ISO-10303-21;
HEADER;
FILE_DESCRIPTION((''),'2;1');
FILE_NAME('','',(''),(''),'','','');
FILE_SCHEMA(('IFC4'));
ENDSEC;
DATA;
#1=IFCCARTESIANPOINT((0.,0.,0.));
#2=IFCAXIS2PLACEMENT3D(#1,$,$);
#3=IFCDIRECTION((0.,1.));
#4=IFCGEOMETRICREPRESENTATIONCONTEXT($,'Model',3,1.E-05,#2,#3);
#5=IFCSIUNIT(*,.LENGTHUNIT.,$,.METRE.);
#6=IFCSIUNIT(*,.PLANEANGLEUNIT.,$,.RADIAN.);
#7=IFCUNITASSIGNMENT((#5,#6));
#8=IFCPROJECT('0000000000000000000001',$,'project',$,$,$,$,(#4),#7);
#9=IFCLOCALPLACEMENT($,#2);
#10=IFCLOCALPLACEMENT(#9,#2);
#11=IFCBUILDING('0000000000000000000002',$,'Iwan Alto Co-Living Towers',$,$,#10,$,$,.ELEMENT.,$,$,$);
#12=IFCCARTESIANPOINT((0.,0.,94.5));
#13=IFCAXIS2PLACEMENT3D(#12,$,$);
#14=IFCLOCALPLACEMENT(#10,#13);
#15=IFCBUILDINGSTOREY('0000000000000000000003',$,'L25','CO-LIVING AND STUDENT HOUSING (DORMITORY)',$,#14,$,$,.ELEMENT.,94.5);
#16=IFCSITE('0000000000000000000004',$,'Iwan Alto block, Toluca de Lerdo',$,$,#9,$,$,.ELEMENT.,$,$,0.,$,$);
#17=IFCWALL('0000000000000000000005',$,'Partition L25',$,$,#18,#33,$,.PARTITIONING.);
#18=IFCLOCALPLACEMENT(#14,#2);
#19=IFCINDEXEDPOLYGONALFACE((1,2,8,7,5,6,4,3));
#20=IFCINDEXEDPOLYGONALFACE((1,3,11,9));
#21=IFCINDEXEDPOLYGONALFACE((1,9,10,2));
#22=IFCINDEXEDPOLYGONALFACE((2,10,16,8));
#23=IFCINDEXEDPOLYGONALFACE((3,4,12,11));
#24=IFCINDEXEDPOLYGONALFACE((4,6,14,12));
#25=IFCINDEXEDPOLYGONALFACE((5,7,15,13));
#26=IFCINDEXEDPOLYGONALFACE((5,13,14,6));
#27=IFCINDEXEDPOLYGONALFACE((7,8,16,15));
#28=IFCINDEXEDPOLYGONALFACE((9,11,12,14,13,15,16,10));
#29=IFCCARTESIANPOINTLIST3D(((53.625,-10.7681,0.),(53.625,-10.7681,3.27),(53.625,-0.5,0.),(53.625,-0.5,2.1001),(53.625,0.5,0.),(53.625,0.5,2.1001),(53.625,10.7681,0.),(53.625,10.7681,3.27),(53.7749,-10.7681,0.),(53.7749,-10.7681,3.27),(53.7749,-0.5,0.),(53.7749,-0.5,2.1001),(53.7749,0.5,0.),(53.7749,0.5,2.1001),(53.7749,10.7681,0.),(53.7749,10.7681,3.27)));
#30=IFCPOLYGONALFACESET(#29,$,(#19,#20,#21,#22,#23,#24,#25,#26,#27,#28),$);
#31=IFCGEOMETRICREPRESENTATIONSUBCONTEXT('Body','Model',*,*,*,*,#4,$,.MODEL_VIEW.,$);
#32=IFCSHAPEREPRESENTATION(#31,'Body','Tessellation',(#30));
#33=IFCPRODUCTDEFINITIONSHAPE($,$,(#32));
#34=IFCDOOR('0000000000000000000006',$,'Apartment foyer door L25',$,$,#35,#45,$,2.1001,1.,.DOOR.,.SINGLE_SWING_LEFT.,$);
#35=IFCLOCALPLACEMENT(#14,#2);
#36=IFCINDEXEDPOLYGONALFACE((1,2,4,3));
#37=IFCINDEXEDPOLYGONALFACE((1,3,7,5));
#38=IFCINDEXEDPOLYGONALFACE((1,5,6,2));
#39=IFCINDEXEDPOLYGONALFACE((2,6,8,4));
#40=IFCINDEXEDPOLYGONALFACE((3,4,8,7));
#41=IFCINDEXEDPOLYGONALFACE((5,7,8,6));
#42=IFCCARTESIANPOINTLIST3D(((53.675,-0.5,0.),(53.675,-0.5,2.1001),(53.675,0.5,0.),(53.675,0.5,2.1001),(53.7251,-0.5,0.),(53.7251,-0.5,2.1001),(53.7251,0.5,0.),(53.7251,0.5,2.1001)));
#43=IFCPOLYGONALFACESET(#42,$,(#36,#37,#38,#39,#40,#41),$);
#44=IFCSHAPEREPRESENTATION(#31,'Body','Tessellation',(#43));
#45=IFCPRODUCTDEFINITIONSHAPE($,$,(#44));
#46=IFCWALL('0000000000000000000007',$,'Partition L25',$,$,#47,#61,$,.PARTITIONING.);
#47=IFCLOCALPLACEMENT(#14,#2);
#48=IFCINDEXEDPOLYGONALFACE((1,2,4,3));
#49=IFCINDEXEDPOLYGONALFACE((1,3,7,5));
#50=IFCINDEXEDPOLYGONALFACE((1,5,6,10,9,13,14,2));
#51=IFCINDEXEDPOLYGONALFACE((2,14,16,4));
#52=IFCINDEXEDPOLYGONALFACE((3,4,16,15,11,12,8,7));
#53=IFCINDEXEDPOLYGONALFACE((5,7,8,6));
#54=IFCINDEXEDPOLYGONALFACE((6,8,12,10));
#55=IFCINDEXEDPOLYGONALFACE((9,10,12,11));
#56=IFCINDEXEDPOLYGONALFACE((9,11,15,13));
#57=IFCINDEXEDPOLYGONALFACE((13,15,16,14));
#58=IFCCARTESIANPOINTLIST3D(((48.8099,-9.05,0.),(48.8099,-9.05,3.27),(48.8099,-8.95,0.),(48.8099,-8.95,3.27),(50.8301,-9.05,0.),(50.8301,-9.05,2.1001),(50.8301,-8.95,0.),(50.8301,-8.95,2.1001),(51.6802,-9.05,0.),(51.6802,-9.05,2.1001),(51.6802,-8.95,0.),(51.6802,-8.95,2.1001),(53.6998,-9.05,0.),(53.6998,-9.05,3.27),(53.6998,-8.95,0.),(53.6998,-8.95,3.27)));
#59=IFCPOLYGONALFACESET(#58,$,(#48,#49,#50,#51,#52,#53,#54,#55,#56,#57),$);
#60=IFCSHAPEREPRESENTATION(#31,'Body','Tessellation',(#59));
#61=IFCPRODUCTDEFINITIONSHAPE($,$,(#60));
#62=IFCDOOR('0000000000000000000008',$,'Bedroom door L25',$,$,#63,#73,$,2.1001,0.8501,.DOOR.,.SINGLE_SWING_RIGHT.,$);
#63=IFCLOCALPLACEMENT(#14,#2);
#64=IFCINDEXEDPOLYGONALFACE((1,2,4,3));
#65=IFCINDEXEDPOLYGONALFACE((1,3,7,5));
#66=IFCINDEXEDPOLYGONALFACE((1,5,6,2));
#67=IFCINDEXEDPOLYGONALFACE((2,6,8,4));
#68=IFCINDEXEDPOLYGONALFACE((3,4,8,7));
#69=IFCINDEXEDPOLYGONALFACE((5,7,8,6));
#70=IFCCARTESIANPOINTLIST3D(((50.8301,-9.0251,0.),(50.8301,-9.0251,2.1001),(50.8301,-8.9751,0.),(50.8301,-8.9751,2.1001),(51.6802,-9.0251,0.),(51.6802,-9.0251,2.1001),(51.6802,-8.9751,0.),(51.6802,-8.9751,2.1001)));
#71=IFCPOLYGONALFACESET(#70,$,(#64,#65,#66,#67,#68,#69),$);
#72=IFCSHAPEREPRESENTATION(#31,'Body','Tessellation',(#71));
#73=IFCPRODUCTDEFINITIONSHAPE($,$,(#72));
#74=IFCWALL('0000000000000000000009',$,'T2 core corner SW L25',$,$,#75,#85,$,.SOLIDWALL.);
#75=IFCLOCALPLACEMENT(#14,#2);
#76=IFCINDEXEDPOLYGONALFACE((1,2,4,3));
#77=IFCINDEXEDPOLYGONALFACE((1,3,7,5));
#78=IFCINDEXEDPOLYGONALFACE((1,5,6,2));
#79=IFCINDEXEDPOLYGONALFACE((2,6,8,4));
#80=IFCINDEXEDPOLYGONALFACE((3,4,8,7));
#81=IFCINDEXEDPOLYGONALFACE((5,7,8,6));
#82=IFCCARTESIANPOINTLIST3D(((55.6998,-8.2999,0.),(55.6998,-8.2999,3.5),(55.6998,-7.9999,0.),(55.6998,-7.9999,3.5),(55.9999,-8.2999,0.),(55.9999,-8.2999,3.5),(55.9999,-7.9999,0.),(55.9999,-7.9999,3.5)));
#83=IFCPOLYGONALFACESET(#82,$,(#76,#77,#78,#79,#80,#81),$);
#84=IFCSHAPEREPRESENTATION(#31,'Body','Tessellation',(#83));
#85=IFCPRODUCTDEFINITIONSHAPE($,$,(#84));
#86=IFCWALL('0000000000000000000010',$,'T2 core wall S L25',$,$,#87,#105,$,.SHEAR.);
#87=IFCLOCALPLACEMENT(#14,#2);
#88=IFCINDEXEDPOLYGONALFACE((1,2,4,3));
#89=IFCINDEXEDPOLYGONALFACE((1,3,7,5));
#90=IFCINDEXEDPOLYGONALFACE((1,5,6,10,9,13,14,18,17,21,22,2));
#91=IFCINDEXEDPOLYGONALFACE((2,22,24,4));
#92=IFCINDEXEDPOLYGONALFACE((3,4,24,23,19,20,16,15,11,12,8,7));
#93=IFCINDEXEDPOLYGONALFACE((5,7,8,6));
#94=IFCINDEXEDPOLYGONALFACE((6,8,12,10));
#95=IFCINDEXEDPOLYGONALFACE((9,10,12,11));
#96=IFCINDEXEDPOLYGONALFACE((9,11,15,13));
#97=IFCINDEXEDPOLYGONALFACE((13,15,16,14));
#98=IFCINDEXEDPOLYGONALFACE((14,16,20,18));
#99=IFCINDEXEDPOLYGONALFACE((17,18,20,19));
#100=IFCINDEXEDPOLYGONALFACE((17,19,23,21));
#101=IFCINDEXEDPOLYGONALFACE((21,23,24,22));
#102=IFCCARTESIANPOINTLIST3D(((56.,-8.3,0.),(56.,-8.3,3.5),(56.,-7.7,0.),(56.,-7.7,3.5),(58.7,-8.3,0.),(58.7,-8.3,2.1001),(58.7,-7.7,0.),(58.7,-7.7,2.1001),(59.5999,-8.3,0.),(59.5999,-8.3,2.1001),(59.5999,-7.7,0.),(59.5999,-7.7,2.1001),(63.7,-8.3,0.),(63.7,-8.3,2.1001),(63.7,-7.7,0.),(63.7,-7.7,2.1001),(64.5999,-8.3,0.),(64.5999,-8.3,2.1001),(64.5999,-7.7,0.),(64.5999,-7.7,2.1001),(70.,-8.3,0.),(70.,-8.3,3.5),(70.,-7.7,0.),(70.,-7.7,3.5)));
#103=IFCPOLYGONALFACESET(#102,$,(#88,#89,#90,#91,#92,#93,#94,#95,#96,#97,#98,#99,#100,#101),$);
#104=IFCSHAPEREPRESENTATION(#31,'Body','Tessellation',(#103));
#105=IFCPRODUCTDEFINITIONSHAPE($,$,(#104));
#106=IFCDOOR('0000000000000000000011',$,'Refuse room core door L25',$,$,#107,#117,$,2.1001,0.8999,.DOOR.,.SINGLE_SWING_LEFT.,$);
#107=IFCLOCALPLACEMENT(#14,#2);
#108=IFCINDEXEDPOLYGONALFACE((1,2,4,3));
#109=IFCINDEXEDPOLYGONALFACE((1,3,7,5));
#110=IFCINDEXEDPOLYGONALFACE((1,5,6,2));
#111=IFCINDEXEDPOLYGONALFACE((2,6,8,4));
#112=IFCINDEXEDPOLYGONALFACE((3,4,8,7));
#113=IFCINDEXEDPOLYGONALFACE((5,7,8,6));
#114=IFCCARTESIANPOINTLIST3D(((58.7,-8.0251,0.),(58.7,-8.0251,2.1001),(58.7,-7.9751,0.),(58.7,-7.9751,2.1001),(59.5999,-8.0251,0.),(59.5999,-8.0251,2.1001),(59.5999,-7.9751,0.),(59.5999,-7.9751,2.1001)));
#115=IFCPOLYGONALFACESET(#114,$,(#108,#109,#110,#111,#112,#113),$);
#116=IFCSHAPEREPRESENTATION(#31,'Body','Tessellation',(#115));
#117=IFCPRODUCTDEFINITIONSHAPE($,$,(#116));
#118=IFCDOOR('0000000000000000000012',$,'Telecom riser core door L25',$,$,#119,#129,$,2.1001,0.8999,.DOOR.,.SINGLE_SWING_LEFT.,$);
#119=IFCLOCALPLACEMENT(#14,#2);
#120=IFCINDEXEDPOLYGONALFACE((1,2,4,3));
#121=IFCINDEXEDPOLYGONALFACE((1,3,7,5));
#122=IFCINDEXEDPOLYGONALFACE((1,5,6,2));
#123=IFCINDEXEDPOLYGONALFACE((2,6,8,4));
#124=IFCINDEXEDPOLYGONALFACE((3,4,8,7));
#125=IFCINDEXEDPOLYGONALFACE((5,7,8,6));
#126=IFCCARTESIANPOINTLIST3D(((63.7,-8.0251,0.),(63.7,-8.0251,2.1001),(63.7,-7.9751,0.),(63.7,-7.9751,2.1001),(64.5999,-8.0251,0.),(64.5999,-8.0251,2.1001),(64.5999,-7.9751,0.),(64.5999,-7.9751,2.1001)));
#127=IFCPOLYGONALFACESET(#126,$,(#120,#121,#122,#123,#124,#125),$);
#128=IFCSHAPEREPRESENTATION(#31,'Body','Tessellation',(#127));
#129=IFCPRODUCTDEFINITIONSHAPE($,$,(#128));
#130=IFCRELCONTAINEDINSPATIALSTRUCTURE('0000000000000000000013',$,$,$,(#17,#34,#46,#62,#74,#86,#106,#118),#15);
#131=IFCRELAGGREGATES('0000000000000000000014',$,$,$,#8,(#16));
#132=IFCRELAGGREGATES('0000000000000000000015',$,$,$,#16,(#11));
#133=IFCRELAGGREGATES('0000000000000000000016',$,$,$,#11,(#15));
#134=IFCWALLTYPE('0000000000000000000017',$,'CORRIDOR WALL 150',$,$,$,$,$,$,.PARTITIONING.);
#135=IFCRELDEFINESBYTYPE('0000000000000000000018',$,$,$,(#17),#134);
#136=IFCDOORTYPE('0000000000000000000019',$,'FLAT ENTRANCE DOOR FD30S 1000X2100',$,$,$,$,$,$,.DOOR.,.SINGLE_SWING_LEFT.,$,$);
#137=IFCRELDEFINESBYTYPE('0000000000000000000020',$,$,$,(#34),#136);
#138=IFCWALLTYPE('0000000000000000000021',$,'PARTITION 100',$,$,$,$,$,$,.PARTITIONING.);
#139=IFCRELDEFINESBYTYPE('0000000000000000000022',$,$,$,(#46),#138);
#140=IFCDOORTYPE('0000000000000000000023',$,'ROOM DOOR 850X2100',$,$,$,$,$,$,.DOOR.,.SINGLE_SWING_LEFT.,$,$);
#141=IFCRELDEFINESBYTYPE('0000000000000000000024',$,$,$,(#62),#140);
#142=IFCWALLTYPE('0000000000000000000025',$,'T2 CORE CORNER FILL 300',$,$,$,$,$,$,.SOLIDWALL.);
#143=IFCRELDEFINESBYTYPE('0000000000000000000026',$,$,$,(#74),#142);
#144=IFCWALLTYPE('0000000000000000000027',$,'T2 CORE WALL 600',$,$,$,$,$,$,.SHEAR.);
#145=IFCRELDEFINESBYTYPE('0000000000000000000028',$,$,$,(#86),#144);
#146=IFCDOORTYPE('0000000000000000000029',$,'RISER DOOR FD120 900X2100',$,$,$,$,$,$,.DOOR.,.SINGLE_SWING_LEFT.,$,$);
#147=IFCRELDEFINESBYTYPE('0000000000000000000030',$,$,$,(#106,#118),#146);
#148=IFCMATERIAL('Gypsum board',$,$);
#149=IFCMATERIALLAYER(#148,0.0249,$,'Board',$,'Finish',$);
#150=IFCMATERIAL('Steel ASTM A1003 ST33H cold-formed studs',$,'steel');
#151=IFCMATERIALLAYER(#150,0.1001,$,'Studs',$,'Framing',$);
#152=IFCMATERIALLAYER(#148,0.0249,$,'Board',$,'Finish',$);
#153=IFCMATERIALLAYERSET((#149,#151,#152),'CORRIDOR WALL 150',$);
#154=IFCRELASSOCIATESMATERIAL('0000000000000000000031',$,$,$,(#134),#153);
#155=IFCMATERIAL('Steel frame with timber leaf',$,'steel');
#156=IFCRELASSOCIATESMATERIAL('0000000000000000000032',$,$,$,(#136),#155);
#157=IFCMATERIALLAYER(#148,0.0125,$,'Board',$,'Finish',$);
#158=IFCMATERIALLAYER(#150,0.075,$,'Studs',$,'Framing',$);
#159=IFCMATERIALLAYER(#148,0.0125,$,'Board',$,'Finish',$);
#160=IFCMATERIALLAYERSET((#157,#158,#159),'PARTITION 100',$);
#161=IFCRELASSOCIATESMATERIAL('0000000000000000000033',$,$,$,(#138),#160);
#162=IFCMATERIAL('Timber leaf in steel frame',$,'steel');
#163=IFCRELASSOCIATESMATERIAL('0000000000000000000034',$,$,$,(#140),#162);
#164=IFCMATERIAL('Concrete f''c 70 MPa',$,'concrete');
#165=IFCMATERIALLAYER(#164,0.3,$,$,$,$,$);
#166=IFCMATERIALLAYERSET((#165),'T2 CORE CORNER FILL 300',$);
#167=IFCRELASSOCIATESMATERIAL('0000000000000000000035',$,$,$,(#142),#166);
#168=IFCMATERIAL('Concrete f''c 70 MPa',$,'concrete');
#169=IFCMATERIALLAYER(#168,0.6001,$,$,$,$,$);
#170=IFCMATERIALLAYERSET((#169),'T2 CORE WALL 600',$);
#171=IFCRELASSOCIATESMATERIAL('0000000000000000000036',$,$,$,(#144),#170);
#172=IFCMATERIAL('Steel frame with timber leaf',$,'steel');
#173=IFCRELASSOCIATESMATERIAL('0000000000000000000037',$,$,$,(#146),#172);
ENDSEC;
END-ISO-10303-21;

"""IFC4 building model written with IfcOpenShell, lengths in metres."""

from ifc_helpers import new_model, si_unit, direction, frame, frame_2d, origin, place, context, subcontext, project, spatial, rectangle, extrude, material, layer, layer_set, type_object, element, fill, save


model = new_model("IFC4")

# Units and contexts
model_context = context("Model", 3, precision=1e-05, world=origin(), true_north=direction((0.0, 1.0)))
body_context = subcontext(model_context, "Body", "Model", "MODEL_VIEW")
ifc_project = project(units=[si_unit("LENGTHUNIT", "METRE"), si_unit("PLANEANGLEUNIT", "RADIAN")], contexts=[model_context])

# Site, building, storey
site_placement = place(None, origin())
site = spatial("IfcSite", under=ifc_project, at=site_placement, Name="Iwan Alto block, Toluca de Lerdo", CompositionType="ELEMENT", RefElevation=0.0)
building_placement = place(site_placement, origin())
building = spatial("IfcBuilding", under=site, at=building_placement, Name="Iwan Alto Co-Living Towers", CompositionType="ELEMENT")
storey_placement = place(building_placement, frame((0.0, 0.0, 94.5)))
storey = spatial("IfcBuildingStorey", under=building, at=storey_placement, Name="L25", Description="CO-LIVING AND STUDENT HOUSING (DORMITORY)", CompositionType="ELEMENT", Elevation=94.5)

# Walls, openings, doors
ifc_material_1 = material(Name="Gypsum board")
ifc_layer_1 = layer(ifc_material_1, 0.0249, Name="Board", Category="Finish")
ifc_material_2 = material(Name="Steel ASTM A1003 ST33H cold-formed studs", Category="steel")
ifc_layer_2 = layer(ifc_material_2, 0.1001, Name="Studs", Category="Framing")
ifc_layer_3 = layer(ifc_material_1, 0.0249, Name="Board", Category="Finish")
ifc_layer_set_1 = layer_set([ifc_layer_1, ifc_layer_2, ifc_layer_3], Name="CORRIDOR WALL 150")
wall_type_1 = type_object("IfcWallType", Name="CORRIDOR WALL 150", PredefinedType="PARTITIONING", material=ifc_layer_set_1)
ifc_material_3 = material(Name="Steel frame with timber leaf", Category="steel")
door_type_1 = type_object("IfcDoorType", Name="FLAT ENTRANCE DOOR FD30S 1000X2100", OperationType="SINGLE_SWING_LEFT", PredefinedType="DOOR", material=ifc_material_3)
wall_1_placement = place(storey_placement, frame((53.7, -10.7681, 0.0), z_axis=(0.0, 0.0, 1.0), x_axis=(0.0, 1.0, 0.0)))
wall_1 = element("IfcWall", 1, at=wall_1_placement, inside=storey, type_object=wall_type_1, Name="Partition L25", PredefinedType="PARTITIONING", context=body_context, shape_type="SweptSolid", body=[
    extrude(rectangle(XDim=21.5361, YDim=0.1499, at=frame_2d((10.7681, 0.0))), origin(), (0.0, 0.0, 1.0), 3.27),
])
opening_1_placement = place(wall_1_placement, frame((10.2681, 0.0, 0.0)))
opening_1 = element("IfcOpeningElement", 2, at=opening_1_placement, cuts=wall_1, PredefinedType="OPENING", context=body_context, shape_type="SweptSolid", body=[
    extrude(rectangle(XDim=1.0, YDim=2.1001, at=frame_2d((0.5, 1.05))), frame((0.0, 0.085, 0.0), z_axis=(0.0, -1.0, 0.0), x_axis=(1.0, 0.0, 0.0)), (0.0, 0.0, 1.0), 0.1699),
])
door_1_placement = place(opening_1_placement, origin())
door_1 = element("IfcDoor", 3, at=door_1_placement, inside=storey, type_object=door_type_1, Name="Apartment foyer door L25", OperationType="SINGLE_SWING_LEFT", OverallHeight=2.1001, OverallWidth=1.0, PredefinedType="DOOR", context=body_context, shape_type="SweptSolid", body=[
    extrude(rectangle(XDim=1.0, YDim=2.1001, at=frame_2d((0.5, 1.05))), frame((0.0, 0.0249, 0.0), z_axis=(0.0, -1.0, 0.0), x_axis=(1.0, 0.0, 0.0)), (0.0, 0.0, 1.0), 0.05),
])
fill(opening_1, door_1)
ifc_layer_4 = layer(ifc_material_1, 0.0125, Name="Board", Category="Finish")
ifc_layer_5 = layer(ifc_material_2, 0.075, Name="Studs", Category="Framing")
ifc_layer_6 = layer(ifc_material_1, 0.0125, Name="Board", Category="Finish")
ifc_layer_set_2 = layer_set([ifc_layer_4, ifc_layer_5, ifc_layer_6], Name="PARTITION 100")
wall_type_2 = type_object("IfcWallType", Name="PARTITION 100", PredefinedType="PARTITIONING", material=ifc_layer_set_2)
wall_2_placement = place(storey_placement, frame((48.8101, -9.0, 0.0), z_axis=(0.0, 0.0, 1.0), x_axis=(1.0, 0.0, 0.0)))
wall_2 = element("IfcWall", 4, at=wall_2_placement, inside=storey, type_object=wall_type_2, Name="Partition L25", PredefinedType="PARTITIONING", context=body_context, shape_type="SweptSolid", body=[
    extrude(rectangle(XDim=4.8899, YDim=0.1001, at=frame_2d((2.4448, 0.0))), origin(), (0.0, 0.0, 1.0), 3.27),
])
opening_2_placement = place(wall_2_placement, frame((2.02, 0.0, 0.0)))
opening_2 = element("IfcOpeningElement", 5, at=opening_2_placement, cuts=wall_2, PredefinedType="OPENING", context=body_context, shape_type="SweptSolid", body=[
    extrude(rectangle(XDim=0.8501, YDim=2.1001, at=frame_2d((0.425, 1.05))), frame((0.0, 0.0601, 0.0), z_axis=(0.0, -1.0, 0.0), x_axis=(1.0, 0.0, 0.0)), (0.0, 0.0, 1.0), 0.1201),
])
ifc_material_4 = material(Name="Timber leaf in steel frame", Category="steel")
door_type_2 = type_object("IfcDoorType", Name="ROOM DOOR 850X2100", OperationType="SINGLE_SWING_LEFT", PredefinedType="DOOR", material=ifc_material_4)
door_2_placement = place(opening_2_placement, origin())
door_2 = element("IfcDoor", 6, at=door_2_placement, inside=storey, type_object=door_type_2, Name="Bedroom door L25", OperationType="SINGLE_SWING_RIGHT", OverallHeight=2.1001, OverallWidth=0.8501, PredefinedType="DOOR", context=body_context, shape_type="SweptSolid", body=[
    extrude(rectangle(XDim=0.8501, YDim=2.1001, at=frame_2d((0.425, 1.05))), frame((0.0, 0.0249, 0.0), z_axis=(0.0, -1.0, 0.0), x_axis=(1.0, 0.0, 0.0)), (0.0, 0.0, 1.0), 0.05),
])
fill(opening_2, door_2)

# Wall
ifc_material_5 = material(Name="Concrete f'c 70 MPa", Category="concrete")
ifc_layer_7 = layer(ifc_material_5, 0.3)
ifc_layer_set_3 = layer_set([ifc_layer_7], Name="T2 CORE CORNER FILL 300")
wall_type_3 = type_object("IfcWallType", Name="T2 CORE CORNER FILL 300", PredefinedType="SOLIDWALL", material=ifc_layer_set_3)
wall_3_placement = place(storey_placement, frame((55.7, -8.1499, 0.0), z_axis=(0.0, 0.0, 1.0), x_axis=(1.0, 0.0, 0.0)))
element("IfcWall", 7, at=wall_3_placement, inside=storey, type_object=wall_type_3, Name="T2 core corner SW L25", PredefinedType="SOLIDWALL", context=body_context, shape_type="SweptSolid", body=[
    extrude(rectangle(XDim=0.3, YDim=0.3, at=frame_2d((0.1499, 0.0))), origin(), (0.0, 0.0, 1.0), 3.5),
])

# Wall, openings, doors
ifc_material_6 = material(Name="Concrete f'c 70 MPa", Category="concrete")
ifc_layer_8 = layer(ifc_material_6, 0.6001)
ifc_layer_set_4 = layer_set([ifc_layer_8], Name="T2 CORE WALL 600")
wall_type_4 = type_object("IfcWallType", Name="T2 CORE WALL 600", PredefinedType="SHEAR", material=ifc_layer_set_4)
wall_4_placement = place(storey_placement, frame((56.0, -8.0, 0.0), z_axis=(0.0, 0.0, 1.0), x_axis=(1.0, 0.0, 0.0)))
wall_4 = element("IfcWall", 8, at=wall_4_placement, inside=storey, type_object=wall_type_4, Name="T2 core wall S L25", PredefinedType="SHEAR", context=body_context, shape_type="SweptSolid", body=[
    extrude(rectangle(XDim=14.0, YDim=0.6001, at=frame_2d((7.0, 0.0))), origin(), (0.0, 0.0, 1.0), 3.5),
])
opening_3_placement = place(wall_4_placement, frame((2.7, 0.0, 0.0)))
opening_3 = element("IfcOpeningElement", 9, at=opening_3_placement, cuts=wall_4, PredefinedType="OPENING", context=body_context, shape_type="SweptSolid", body=[
    extrude(rectangle(XDim=0.8999, YDim=2.1001, at=frame_2d((0.45, 1.05))), frame((0.0, 0.3101, 0.0), z_axis=(0.0, -1.0, 0.0), x_axis=(1.0, 0.0, 0.0)), (0.0, 0.0, 1.0), 0.6201),
])
opening_4_placement = place(wall_4_placement, frame((7.7, 0.0, 0.0)))
opening_4 = element("IfcOpeningElement", 10, at=opening_4_placement, cuts=wall_4, PredefinedType="OPENING", context=body_context, shape_type="SweptSolid", body=[
    extrude(rectangle(XDim=0.8999, YDim=2.1001, at=frame_2d((0.45, 1.05))), frame((0.0, 0.3101, 0.0), z_axis=(0.0, -1.0, 0.0), x_axis=(1.0, 0.0, 0.0)), (0.0, 0.0, 1.0), 0.6201),
])
ifc_material_7 = material(Name="Steel frame with timber leaf", Category="steel")
door_type_3 = type_object("IfcDoorType", Name="RISER DOOR FD120 900X2100", OperationType="SINGLE_SWING_LEFT", PredefinedType="DOOR", material=ifc_material_7)
door_3_placement = place(opening_3_placement, origin())
door_3 = element("IfcDoor", 11, at=door_3_placement, inside=storey, type_object=door_type_3, Name="Refuse room core door L25", OperationType="SINGLE_SWING_LEFT", OverallHeight=2.1001, OverallWidth=0.8999, PredefinedType="DOOR", context=body_context, shape_type="SweptSolid", body=[
    extrude(rectangle(XDim=0.8999, YDim=2.1001, at=frame_2d((0.45, 1.05))), frame((0.0, 0.0249, 0.0), z_axis=(0.0, -1.0, 0.0), x_axis=(1.0, 0.0, 0.0)), (0.0, 0.0, 1.0), 0.05),
])
fill(opening_3, door_3)
door_4_placement = place(opening_4_placement, origin())
door_4 = element("IfcDoor", 12, at=door_4_placement, inside=storey, type_object=door_type_3, Name="Telecom riser core door L25", OperationType="SINGLE_SWING_LEFT", OverallHeight=2.1001, OverallWidth=0.8999, PredefinedType="DOOR", context=body_context, shape_type="SweptSolid", body=[
    extrude(rectangle(XDim=0.8999, YDim=2.1001, at=frame_2d((0.45, 1.05))), frame((0.0, 0.0249, 0.0), z_axis=(0.0, -1.0, 0.0), x_axis=(1.0, 0.0, 0.0)), (0.0, 0.0, 1.0), 0.05),
])
fill(opening_4, door_4)

save(model, "model.ifc")
